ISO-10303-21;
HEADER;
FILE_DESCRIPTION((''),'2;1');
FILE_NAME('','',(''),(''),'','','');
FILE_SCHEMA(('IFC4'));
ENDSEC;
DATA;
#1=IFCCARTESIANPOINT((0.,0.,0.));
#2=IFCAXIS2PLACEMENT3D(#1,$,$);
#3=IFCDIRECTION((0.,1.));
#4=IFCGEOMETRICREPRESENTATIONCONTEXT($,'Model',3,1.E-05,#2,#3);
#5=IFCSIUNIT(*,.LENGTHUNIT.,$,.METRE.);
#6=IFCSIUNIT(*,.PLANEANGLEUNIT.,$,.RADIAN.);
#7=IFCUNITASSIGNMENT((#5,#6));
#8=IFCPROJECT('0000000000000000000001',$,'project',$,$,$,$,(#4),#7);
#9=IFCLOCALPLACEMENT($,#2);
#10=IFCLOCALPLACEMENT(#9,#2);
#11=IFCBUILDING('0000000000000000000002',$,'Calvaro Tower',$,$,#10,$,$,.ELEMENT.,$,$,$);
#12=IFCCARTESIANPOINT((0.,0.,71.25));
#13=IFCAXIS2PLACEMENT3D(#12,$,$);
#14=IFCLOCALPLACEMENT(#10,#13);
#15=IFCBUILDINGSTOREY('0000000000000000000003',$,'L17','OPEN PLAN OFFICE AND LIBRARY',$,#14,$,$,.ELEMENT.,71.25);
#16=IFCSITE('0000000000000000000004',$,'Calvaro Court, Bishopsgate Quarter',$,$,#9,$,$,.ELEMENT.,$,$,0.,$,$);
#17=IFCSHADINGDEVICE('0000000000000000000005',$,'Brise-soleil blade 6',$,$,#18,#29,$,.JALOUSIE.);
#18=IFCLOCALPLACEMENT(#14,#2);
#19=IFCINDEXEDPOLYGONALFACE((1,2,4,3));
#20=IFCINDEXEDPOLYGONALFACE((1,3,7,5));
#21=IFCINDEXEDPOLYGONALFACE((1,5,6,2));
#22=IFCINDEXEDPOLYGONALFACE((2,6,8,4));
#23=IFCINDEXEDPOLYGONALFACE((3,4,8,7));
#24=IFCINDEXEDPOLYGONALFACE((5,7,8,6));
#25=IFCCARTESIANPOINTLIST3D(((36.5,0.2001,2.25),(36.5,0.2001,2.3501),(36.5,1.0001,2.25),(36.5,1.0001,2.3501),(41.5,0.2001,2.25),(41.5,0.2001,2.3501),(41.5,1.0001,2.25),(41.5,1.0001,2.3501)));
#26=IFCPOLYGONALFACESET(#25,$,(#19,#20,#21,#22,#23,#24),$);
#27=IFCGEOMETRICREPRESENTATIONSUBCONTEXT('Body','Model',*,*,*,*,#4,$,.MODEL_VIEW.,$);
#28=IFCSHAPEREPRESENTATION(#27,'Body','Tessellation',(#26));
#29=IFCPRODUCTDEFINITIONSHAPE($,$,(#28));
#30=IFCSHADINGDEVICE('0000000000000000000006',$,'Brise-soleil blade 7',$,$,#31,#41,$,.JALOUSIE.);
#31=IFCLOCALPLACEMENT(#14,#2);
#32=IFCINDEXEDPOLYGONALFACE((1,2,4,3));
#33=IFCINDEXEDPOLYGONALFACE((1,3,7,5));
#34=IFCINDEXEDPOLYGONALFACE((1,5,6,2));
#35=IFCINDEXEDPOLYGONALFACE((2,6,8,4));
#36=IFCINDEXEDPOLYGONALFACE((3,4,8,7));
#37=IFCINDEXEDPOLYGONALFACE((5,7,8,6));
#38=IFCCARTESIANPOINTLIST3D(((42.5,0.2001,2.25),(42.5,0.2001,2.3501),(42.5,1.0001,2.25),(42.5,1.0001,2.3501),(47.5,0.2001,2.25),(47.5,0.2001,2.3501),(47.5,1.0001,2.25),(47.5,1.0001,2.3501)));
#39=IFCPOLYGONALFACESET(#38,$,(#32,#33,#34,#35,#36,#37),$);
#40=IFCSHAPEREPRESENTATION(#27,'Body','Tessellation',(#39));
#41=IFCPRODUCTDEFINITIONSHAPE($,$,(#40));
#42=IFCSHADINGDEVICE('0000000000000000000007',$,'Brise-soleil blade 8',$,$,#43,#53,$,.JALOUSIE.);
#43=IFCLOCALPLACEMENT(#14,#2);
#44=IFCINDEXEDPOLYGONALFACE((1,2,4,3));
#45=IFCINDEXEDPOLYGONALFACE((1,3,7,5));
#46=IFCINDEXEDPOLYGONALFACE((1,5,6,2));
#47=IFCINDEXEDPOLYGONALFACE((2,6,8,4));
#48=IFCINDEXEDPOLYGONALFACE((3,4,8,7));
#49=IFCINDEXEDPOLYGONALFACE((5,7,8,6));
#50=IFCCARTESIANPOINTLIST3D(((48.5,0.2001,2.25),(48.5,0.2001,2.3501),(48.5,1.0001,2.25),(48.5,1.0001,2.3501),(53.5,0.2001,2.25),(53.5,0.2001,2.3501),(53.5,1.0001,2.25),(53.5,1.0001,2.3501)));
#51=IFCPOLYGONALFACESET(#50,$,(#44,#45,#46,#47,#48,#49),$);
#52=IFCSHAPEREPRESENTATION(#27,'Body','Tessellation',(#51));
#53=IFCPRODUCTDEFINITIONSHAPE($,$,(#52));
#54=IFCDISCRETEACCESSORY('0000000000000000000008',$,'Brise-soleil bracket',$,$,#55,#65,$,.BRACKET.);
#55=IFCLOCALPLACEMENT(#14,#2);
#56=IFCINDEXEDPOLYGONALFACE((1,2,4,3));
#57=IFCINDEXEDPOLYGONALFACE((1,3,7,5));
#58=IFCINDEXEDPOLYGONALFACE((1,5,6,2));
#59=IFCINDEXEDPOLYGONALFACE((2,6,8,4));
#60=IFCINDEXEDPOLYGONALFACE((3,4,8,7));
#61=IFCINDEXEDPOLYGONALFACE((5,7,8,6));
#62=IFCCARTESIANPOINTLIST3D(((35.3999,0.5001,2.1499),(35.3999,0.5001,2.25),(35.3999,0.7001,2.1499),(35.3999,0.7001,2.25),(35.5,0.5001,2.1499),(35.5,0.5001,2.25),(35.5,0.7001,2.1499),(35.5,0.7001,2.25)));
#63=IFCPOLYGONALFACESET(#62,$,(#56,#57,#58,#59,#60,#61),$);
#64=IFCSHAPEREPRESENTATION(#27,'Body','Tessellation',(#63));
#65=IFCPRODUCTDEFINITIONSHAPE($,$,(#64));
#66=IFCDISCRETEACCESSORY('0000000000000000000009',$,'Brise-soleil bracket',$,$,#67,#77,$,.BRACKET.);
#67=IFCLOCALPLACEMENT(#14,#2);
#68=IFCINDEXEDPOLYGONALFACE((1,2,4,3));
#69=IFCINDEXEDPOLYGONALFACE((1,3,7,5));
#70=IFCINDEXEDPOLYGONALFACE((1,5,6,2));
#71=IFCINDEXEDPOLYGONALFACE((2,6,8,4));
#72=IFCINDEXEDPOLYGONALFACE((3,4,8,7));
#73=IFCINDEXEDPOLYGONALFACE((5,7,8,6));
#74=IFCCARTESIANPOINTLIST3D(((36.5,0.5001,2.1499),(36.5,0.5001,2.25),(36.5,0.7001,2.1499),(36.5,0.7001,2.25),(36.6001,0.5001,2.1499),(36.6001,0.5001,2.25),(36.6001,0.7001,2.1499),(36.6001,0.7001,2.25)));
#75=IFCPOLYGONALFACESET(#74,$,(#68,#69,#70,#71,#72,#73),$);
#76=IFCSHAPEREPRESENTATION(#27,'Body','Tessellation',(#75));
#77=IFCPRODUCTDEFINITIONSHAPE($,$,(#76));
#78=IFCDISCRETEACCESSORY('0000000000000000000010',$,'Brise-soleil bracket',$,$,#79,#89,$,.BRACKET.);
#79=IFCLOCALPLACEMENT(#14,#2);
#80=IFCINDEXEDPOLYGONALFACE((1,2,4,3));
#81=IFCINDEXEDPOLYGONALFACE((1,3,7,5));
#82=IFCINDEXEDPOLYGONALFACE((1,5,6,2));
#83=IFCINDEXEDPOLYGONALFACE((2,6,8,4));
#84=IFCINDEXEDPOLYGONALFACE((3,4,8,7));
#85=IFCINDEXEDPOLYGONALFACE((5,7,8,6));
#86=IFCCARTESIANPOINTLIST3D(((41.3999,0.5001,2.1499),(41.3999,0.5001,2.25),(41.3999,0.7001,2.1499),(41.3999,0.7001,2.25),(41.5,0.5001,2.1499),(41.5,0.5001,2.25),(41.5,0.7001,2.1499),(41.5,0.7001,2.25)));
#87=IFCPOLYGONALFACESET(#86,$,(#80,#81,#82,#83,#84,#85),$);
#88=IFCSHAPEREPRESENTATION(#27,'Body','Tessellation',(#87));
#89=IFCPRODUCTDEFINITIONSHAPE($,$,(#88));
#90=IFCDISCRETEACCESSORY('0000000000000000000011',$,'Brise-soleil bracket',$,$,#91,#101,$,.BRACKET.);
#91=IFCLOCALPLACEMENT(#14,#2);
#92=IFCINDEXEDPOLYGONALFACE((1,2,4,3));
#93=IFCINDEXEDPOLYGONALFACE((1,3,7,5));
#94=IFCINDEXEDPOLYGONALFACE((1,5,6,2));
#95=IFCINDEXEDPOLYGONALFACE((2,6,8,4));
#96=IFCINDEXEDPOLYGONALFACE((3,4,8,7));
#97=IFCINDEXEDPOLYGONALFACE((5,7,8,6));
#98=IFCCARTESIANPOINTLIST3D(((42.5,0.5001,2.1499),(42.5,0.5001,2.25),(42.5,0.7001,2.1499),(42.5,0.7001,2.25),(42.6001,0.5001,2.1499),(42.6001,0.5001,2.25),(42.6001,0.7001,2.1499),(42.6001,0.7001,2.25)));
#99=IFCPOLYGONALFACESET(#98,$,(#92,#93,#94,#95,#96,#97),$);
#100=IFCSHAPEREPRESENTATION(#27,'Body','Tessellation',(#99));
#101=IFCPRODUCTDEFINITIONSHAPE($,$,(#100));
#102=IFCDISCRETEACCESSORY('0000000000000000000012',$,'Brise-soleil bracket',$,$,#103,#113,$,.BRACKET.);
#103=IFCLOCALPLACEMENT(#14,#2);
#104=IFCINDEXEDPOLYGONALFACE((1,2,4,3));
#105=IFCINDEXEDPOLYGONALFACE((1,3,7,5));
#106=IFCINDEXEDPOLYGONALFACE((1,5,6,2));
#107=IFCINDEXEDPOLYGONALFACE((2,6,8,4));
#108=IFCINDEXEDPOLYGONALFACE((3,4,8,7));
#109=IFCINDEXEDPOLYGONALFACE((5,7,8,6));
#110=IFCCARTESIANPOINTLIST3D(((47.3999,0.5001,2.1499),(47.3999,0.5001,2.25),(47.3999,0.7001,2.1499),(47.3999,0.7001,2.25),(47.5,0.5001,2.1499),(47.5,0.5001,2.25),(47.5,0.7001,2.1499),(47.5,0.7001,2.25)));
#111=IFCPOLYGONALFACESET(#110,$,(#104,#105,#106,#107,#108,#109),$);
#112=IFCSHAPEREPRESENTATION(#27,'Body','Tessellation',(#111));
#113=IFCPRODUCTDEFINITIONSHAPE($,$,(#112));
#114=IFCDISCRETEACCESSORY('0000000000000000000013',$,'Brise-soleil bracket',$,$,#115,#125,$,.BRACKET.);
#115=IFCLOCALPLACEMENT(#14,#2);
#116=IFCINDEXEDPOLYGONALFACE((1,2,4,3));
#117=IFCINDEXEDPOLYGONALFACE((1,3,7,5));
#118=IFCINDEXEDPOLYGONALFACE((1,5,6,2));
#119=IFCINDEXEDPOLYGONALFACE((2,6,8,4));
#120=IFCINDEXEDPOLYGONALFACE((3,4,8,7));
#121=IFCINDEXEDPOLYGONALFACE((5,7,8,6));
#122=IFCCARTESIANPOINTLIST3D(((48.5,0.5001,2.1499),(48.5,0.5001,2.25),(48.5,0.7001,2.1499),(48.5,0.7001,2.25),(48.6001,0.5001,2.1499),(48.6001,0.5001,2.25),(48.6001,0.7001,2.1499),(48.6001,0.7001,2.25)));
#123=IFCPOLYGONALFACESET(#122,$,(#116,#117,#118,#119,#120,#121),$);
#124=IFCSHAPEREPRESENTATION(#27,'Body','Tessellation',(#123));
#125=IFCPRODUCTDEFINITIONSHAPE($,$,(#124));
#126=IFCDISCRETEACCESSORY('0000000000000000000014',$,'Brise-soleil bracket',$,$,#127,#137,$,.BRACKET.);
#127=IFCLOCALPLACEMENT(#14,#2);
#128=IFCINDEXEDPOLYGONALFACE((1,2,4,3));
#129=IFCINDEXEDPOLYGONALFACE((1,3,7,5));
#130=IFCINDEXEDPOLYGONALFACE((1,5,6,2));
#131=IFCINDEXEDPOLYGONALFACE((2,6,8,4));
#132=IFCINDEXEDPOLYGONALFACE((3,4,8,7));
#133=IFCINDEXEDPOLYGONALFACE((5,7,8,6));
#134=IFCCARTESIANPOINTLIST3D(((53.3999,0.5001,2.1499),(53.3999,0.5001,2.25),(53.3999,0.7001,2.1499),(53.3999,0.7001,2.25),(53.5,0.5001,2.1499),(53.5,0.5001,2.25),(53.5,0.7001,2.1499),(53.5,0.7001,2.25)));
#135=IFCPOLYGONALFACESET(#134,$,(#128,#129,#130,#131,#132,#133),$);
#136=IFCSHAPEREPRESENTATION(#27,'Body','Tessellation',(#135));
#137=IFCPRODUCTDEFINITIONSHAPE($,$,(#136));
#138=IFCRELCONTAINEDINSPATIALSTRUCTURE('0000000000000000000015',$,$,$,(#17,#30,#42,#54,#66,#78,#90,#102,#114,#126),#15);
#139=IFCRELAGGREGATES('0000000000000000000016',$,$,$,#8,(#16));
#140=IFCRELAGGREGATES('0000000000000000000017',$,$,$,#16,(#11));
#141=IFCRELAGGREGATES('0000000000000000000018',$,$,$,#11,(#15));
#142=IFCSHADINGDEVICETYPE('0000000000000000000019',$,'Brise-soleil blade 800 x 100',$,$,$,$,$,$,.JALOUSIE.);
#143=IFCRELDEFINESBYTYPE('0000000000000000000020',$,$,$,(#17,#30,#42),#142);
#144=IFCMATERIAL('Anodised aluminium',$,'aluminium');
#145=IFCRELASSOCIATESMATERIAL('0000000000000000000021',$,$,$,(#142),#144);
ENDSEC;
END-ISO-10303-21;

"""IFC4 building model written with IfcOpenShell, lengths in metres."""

from ifc_helpers import new_model, si_unit, direction, frame, origin, origin_2d, place, context, subcontext, project, spatial, rectangle, extrude, material, material_profile, profile_set, type_object, element, save


model = new_model("IFC4")

# Units and contexts
model_context = context("Model", 3, precision=1e-05, world=origin(), true_north=direction((0.0, 1.0)))
body_context = subcontext(model_context, "Body", "Model", "MODEL_VIEW")
ifc_project = project(units=[si_unit("LENGTHUNIT", "METRE"), si_unit("PLANEANGLEUNIT", "RADIAN")], contexts=[model_context])

# Site, building, storey
site_placement = place(None, origin())
site = spatial("IfcSite", under=ifc_project, at=site_placement, Name="Calvaro Court, Bishopsgate Quarter", CompositionType="ELEMENT", RefElevation=0.0)
building_placement = place(site_placement, origin())
building = spatial("IfcBuilding", under=site, at=building_placement, Name="Calvaro Tower", CompositionType="ELEMENT")
storey_placement = place(building_placement, frame((0.0, 0.0, 71.25)))
storey = spatial("IfcBuildingStorey", under=building, at=storey_placement, Name="L17", Description="OPEN PLAN OFFICE AND LIBRARY", CompositionType="ELEMENT", Elevation=71.25)

# Shading devices
ifc_material_1 = material(Name="Anodised aluminium", Category="aluminium")
ifc_material_profile_1 = material_profile(ifc_material_1, rectangle(XDim=0.8, YDim=0.1001, at=origin_2d()), Name="Brise-soleil blade 800 x 100")
ifc_profile_set_1 = profile_set([ifc_material_profile_1], Name="Anodised aluminium")
shading_device_type = type_object("IfcShadingDeviceType", Name="Brise-soleil blade 800 x 100", PredefinedType="JALOUSIE", material=ifc_profile_set_1)
for number, where, z_axis, x_axis, name in (
    (1, (36.5, 0.6001, 2.3), (1.0, 0.0, 0.0), (0.0, 1.0, 0.0), "Brise-soleil blade 6"),
    (2, (42.5, 0.6001, 2.3), (1.0, 0.0, 0.0), (0.0, 1.0, 0.0), "Brise-soleil blade 7"),
    (3, (48.5, 0.6001, 2.3), (1.0, 0.0, 0.0), (0.0, 1.0, 0.0), "Brise-soleil blade 8"),
):
    element("IfcShadingDevice", number, at=place(storey_placement, frame(where, z_axis=z_axis, x_axis=x_axis)), inside=storey, type_object=shading_device_type, Name=name, PredefinedType="JALOUSIE", context=body_context, shape_type="SweptSolid", body=[
        extrude(rectangle(XDim=0.8, YDim=0.1001, at=origin_2d()), origin(), (0.0, 0.0, 1.0), 5.0),
    ])

# Discrete accessories
for number, where, z_axis, x_axis, name in (
    (4, (35.45, 0.6001, 2.1499), (0.0, 0.0, 1.0), (1.0, 0.0, 0.0), "Brise-soleil bracket"),
    (5, (36.55, 0.6001, 2.1499), (0.0, 0.0, 1.0), (1.0, 0.0, 0.0), "Brise-soleil bracket"),
    (6, (41.45, 0.6001, 2.1499), (0.0, 0.0, 1.0), (1.0, 0.0, 0.0), "Brise-soleil bracket"),
    (7, (42.55, 0.6001, 2.1499), (0.0, 0.0, 1.0), (1.0, 0.0, 0.0), "Brise-soleil bracket"),
    (8, (47.45, 0.6001, 2.1499), (0.0, 0.0, 1.0), (1.0, 0.0, 0.0), "Brise-soleil bracket"),
    (9, (48.55, 0.6001, 2.1499), (0.0, 0.0, 1.0), (1.0, 0.0, 0.0), "Brise-soleil bracket"),
    (10, (53.45, 0.6001, 2.1499), (0.0, 0.0, 1.0), (1.0, 0.0, 0.0), "Brise-soleil bracket"),
):
    element("IfcDiscreteAccessory", number, at=place(storey_placement, frame(where, z_axis=z_axis, x_axis=x_axis)), inside=storey, Name=name, PredefinedType="BRACKET", context=body_context, shape_type="SweptSolid", body=[
        extrude(rectangle(XDim=0.1001, YDim=0.2, at=origin_2d()), origin(), (0.0, 0.0, 1.0), 0.1001),
    ])

save(model, "model.ifc")
